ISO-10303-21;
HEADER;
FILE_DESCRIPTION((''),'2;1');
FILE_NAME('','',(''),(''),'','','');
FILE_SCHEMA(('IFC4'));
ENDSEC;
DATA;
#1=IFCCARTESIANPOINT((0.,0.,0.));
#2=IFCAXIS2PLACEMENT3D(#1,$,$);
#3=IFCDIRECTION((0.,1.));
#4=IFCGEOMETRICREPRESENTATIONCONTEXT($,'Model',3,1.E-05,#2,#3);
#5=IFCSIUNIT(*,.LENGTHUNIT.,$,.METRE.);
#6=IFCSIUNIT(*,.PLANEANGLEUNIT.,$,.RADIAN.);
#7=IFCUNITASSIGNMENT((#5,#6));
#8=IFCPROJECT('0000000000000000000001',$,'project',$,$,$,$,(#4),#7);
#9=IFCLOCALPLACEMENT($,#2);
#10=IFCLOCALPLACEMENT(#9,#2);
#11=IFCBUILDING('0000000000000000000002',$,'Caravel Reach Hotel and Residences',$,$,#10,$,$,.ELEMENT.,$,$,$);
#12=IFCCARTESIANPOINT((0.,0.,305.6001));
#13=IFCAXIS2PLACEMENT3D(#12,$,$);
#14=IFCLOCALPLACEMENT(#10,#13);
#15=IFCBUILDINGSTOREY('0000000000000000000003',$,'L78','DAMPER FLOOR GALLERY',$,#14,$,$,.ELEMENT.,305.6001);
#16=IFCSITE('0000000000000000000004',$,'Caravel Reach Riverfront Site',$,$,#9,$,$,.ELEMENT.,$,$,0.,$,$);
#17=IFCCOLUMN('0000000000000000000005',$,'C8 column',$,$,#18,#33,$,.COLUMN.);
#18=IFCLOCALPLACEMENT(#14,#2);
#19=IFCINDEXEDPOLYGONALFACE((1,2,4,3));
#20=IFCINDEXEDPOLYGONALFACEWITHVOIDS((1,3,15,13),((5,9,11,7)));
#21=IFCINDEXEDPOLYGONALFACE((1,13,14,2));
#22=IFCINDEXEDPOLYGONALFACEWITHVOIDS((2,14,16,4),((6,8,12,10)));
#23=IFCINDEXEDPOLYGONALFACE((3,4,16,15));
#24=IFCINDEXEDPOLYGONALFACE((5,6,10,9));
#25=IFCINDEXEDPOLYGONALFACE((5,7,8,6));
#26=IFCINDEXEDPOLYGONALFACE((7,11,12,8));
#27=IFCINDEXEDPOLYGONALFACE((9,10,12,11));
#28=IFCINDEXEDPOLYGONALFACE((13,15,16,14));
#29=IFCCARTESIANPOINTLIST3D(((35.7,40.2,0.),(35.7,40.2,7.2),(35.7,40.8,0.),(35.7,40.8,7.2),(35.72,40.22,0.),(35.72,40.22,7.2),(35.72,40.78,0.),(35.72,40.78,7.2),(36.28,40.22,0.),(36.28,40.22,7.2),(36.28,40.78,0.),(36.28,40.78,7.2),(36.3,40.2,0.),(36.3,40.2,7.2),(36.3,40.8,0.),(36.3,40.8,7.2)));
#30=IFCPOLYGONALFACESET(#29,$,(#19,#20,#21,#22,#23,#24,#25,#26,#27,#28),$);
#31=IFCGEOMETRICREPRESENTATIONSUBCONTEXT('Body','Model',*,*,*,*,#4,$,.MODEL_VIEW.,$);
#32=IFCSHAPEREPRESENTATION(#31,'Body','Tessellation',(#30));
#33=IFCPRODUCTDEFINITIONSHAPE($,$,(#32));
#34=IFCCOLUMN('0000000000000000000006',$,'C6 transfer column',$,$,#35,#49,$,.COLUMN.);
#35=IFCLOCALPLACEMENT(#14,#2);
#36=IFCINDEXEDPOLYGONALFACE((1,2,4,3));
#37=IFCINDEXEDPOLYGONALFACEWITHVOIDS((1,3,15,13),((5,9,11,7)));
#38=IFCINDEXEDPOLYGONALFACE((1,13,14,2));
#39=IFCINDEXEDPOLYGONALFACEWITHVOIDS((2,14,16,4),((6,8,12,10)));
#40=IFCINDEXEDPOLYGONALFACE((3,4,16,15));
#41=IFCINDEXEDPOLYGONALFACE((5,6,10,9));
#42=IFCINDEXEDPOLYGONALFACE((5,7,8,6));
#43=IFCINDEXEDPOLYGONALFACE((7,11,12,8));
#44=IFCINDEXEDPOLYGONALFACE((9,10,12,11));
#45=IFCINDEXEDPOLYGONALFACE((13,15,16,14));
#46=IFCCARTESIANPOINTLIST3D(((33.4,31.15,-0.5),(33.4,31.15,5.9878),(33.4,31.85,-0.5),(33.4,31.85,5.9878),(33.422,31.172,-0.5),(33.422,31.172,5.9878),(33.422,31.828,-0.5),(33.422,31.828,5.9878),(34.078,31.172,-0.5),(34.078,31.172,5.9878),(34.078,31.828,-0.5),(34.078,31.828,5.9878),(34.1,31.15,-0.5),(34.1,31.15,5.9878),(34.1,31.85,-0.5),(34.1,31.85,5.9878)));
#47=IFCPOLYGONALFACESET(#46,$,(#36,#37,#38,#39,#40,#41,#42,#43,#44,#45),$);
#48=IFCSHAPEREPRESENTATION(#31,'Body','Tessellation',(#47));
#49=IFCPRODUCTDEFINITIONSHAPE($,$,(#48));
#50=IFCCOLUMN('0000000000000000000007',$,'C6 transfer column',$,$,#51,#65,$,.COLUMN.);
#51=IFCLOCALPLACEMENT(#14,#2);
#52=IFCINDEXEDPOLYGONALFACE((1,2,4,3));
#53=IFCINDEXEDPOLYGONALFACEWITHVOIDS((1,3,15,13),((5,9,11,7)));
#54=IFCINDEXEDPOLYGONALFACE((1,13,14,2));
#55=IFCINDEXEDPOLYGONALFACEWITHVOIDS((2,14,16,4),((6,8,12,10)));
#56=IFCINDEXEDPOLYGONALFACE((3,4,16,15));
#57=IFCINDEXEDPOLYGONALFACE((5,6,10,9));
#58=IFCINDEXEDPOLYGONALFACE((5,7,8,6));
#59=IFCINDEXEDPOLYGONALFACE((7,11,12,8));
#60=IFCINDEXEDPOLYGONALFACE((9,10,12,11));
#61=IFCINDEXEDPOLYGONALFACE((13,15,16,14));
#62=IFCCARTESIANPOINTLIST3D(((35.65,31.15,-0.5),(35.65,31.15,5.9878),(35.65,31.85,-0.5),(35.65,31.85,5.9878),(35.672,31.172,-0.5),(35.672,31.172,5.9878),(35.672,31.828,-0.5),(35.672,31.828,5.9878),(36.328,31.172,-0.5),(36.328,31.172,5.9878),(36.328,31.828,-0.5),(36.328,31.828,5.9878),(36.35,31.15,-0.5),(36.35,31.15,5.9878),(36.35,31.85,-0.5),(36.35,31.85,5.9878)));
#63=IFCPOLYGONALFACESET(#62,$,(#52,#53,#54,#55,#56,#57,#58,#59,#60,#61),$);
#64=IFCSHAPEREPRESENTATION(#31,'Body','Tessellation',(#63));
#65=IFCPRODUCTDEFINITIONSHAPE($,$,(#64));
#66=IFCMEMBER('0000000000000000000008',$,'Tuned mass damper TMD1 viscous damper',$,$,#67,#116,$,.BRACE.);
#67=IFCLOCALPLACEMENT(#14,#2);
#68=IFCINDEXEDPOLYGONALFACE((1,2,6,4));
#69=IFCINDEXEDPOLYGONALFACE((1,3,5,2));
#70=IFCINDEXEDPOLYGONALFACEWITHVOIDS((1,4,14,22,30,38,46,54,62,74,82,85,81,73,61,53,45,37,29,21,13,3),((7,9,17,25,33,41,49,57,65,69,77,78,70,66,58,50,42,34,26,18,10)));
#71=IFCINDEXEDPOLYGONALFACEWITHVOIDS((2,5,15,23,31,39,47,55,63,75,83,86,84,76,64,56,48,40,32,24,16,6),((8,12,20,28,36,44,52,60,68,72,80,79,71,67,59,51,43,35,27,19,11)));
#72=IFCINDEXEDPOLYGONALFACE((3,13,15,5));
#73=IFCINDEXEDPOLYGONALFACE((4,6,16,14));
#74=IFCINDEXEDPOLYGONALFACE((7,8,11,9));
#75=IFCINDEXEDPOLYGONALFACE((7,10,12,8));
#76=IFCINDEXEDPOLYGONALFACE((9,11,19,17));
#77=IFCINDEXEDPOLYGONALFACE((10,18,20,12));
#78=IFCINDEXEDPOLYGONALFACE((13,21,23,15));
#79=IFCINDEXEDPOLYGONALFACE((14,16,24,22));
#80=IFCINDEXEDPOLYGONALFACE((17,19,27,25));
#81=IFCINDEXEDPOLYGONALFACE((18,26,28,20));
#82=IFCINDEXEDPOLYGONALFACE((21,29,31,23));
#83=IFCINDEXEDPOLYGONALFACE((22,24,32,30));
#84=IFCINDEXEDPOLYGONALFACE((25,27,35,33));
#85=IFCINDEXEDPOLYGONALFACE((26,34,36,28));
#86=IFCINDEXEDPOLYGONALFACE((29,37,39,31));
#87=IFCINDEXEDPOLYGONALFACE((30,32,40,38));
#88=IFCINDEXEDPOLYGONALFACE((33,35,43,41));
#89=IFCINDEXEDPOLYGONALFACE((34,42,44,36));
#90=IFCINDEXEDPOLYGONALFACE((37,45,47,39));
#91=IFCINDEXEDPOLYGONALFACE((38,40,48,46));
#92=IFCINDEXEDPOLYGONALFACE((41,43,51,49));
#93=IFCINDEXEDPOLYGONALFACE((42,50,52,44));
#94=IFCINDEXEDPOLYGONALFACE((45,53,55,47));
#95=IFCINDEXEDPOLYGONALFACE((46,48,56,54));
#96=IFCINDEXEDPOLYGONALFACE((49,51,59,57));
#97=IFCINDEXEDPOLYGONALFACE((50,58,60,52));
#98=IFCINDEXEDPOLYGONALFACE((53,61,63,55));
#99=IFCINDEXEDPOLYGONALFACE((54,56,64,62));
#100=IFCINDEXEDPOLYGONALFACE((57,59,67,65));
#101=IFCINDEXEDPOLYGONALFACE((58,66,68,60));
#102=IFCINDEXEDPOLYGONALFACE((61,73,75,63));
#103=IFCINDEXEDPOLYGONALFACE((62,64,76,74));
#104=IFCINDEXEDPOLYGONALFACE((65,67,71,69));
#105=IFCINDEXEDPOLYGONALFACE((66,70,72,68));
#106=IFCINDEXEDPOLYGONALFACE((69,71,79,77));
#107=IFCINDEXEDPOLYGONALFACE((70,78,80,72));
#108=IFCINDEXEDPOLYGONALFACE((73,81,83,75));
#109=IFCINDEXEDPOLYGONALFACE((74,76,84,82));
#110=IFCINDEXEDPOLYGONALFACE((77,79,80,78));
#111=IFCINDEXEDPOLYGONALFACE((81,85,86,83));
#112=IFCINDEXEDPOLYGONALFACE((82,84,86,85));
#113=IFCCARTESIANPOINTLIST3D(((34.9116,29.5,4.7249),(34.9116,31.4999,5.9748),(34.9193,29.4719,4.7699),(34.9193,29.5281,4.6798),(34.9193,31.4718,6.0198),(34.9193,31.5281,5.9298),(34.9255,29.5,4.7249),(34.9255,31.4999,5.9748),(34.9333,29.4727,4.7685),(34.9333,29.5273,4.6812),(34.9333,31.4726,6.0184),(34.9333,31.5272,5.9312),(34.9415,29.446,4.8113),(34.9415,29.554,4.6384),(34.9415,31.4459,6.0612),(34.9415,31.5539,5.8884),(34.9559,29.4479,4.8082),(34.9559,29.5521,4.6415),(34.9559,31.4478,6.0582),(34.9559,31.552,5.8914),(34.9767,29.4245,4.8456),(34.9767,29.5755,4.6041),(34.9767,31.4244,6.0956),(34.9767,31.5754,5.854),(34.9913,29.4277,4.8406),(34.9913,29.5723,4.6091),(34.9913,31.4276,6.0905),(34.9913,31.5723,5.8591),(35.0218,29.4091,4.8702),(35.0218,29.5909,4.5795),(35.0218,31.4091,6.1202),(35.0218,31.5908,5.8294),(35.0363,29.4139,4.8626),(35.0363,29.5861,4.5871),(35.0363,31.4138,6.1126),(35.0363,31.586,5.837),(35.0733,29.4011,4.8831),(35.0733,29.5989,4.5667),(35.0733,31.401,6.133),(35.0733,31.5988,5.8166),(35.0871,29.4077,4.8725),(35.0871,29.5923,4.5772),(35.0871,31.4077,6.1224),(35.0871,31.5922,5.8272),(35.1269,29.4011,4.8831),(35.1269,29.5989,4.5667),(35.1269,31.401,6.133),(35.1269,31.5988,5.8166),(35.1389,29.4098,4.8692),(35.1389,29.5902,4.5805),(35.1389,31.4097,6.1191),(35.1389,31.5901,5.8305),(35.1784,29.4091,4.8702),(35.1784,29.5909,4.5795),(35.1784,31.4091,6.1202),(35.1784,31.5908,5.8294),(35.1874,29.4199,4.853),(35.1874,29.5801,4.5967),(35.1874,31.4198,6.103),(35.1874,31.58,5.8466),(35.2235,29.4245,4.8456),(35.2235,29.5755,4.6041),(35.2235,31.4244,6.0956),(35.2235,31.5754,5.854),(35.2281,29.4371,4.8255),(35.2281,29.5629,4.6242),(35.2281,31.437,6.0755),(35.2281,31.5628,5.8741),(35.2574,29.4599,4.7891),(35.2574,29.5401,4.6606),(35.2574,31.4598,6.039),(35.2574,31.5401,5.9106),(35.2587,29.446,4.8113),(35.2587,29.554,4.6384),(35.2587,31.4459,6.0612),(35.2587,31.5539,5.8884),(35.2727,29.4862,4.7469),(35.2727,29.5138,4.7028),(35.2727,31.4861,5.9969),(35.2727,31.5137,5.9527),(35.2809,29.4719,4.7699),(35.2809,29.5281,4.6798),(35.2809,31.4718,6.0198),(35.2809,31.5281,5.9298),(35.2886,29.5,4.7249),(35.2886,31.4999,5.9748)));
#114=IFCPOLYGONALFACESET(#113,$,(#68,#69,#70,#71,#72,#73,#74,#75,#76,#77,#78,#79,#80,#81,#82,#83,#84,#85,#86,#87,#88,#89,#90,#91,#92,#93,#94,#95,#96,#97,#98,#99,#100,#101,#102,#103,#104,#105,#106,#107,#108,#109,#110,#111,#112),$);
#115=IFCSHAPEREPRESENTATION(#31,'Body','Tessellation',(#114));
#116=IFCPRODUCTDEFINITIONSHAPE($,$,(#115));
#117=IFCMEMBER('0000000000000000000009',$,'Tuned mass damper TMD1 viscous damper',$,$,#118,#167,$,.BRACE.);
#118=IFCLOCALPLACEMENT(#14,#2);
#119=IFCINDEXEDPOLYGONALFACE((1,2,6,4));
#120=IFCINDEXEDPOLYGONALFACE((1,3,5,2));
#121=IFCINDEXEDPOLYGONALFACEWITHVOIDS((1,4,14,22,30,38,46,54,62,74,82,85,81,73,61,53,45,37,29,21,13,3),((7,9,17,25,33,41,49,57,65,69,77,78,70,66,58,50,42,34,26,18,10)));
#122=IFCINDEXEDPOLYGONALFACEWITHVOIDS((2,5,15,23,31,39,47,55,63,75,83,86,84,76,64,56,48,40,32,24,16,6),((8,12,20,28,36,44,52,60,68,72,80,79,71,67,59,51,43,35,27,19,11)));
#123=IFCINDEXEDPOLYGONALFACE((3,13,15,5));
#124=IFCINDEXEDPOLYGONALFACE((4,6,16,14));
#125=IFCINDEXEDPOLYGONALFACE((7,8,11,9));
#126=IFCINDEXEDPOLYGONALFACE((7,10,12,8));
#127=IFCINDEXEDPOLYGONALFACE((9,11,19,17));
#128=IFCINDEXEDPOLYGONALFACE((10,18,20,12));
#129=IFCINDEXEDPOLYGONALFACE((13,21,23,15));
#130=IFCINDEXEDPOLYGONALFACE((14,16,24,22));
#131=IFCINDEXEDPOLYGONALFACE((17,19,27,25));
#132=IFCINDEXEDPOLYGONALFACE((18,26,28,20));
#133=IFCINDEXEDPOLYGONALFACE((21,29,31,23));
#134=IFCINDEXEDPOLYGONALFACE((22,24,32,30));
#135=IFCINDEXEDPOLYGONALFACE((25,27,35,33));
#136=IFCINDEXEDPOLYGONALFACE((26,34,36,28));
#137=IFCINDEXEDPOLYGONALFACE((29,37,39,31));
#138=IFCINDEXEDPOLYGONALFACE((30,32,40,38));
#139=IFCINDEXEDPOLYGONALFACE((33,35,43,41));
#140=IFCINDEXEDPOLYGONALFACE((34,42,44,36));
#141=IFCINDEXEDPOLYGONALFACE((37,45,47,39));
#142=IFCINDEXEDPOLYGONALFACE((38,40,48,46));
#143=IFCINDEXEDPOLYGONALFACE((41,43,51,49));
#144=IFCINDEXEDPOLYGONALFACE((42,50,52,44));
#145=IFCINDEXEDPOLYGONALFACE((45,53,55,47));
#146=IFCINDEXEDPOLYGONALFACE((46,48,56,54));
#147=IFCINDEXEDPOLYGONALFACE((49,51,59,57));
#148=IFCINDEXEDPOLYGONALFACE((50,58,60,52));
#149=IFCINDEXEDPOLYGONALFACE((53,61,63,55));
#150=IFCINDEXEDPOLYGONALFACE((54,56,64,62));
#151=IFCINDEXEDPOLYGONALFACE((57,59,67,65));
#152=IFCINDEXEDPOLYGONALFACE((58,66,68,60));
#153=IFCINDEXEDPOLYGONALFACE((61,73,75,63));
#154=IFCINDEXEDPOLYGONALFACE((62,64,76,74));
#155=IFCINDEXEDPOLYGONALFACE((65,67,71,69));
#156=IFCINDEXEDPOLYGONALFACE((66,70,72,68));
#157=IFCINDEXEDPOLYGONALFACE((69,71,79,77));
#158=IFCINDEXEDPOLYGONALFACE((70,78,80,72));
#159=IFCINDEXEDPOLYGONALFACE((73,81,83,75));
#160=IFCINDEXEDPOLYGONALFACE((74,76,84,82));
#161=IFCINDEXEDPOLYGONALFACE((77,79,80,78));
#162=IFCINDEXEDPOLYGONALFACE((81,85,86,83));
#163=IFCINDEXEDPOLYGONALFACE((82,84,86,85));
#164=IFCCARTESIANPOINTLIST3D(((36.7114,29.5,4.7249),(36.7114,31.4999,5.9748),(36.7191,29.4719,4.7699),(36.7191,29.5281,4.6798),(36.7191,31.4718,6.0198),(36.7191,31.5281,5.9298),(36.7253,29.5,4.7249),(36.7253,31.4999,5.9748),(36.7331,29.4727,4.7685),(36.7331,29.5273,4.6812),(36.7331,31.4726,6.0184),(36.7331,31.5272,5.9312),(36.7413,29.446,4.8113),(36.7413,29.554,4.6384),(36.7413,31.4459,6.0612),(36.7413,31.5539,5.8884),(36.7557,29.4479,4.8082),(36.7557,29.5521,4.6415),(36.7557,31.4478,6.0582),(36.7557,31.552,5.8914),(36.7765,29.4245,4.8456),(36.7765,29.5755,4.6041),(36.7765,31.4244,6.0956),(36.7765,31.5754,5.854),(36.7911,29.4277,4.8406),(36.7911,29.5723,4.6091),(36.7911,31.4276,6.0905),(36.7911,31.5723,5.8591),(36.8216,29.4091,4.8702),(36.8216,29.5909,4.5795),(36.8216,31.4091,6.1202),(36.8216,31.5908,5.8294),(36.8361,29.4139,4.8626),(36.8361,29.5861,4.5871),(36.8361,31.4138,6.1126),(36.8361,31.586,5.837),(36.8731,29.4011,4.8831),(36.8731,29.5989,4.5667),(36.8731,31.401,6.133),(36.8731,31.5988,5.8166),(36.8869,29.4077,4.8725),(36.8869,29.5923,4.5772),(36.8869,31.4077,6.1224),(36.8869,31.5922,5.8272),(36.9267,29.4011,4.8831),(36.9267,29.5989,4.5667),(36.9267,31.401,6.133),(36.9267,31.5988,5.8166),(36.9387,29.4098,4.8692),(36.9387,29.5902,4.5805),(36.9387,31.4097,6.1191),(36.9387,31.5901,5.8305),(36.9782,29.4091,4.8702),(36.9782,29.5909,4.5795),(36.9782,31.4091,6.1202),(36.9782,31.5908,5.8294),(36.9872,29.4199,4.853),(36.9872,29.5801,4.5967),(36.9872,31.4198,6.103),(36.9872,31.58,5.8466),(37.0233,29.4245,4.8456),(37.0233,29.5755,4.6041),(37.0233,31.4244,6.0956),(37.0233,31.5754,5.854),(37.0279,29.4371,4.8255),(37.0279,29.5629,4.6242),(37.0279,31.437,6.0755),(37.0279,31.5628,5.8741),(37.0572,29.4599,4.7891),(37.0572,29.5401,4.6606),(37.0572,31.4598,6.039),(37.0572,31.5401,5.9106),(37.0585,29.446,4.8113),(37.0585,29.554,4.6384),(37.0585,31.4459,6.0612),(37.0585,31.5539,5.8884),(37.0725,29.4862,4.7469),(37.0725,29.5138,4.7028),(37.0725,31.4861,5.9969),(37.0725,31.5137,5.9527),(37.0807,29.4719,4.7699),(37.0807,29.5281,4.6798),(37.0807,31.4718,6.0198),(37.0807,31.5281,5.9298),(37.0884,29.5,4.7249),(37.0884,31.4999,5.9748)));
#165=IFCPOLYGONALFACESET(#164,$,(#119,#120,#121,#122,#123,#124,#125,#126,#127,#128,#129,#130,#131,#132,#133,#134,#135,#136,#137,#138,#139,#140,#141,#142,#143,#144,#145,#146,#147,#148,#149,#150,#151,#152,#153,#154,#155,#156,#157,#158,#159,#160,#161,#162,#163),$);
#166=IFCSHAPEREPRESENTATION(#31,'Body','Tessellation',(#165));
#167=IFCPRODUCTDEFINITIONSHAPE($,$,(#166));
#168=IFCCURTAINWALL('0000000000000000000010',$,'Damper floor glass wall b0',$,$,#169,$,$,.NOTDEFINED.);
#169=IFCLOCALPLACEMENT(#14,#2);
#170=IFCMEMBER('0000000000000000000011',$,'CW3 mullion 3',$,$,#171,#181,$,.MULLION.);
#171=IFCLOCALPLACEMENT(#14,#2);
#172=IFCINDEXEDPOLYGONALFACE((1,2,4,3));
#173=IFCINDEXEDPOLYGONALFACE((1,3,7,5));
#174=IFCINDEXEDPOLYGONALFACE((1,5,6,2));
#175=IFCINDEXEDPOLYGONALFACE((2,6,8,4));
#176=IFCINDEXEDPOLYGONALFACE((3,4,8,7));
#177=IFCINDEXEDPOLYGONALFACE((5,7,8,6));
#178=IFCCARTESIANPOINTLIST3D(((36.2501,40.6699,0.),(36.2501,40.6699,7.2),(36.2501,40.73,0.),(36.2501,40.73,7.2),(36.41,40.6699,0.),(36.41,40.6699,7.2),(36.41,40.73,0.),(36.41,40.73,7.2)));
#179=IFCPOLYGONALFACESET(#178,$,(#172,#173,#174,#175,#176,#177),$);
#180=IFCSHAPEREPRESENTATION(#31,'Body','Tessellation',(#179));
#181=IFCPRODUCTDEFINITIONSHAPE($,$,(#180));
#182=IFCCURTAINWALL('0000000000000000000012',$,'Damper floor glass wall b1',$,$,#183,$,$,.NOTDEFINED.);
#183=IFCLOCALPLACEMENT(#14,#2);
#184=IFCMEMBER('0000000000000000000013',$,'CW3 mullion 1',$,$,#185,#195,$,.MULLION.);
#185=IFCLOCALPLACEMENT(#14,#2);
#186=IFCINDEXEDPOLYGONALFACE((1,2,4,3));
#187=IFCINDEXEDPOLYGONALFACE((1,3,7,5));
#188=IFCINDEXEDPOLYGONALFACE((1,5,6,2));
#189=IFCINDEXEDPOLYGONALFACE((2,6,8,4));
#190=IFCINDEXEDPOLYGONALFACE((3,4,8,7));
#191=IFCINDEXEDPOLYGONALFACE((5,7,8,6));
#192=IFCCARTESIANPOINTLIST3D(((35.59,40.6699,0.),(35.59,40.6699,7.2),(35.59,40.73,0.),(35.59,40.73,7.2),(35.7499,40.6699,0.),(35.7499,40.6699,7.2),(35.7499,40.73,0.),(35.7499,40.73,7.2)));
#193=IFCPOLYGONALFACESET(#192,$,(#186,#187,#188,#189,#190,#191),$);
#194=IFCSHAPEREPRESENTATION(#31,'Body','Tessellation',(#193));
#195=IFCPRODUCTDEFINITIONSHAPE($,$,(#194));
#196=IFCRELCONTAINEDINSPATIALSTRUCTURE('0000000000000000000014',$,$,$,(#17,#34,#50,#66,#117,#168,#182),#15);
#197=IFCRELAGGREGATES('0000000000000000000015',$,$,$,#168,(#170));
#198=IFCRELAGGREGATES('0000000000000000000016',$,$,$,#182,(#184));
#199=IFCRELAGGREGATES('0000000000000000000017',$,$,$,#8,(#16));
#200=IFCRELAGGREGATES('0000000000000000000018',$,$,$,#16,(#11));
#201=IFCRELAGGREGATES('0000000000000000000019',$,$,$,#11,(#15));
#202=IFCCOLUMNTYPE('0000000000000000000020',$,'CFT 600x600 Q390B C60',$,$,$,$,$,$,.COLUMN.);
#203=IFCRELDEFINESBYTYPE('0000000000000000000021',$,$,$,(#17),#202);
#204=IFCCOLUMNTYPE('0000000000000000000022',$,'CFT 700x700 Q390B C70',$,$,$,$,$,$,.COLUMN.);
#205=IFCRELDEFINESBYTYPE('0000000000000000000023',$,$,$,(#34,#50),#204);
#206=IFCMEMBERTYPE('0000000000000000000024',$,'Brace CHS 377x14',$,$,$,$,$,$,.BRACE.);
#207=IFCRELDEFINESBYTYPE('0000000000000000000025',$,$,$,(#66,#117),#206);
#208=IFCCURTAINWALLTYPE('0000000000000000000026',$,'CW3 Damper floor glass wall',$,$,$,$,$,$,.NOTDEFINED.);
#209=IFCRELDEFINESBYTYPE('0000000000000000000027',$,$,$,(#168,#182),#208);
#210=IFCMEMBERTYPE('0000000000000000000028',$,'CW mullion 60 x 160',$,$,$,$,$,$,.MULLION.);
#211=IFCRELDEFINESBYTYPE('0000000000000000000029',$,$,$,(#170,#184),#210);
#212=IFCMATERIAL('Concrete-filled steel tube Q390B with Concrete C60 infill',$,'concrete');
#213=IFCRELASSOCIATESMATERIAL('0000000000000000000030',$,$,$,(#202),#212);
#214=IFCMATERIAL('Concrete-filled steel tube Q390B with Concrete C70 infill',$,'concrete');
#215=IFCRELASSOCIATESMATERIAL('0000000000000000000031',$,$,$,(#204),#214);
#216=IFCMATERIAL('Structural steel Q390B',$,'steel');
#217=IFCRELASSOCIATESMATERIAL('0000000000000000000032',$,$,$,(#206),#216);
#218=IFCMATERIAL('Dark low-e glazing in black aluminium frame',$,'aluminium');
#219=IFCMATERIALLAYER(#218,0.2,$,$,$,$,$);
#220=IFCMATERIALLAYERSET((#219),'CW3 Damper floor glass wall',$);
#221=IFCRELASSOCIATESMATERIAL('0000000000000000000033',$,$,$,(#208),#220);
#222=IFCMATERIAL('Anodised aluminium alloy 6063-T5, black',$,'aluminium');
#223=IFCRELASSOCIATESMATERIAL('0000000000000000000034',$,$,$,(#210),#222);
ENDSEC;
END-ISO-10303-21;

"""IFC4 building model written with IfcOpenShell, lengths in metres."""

from ifc_helpers import new_model, si_unit, direction, frame, origin, origin_2d, place, context, subcontext, project, spatial, rectangle, hollow_rectangle, hollow_circle, extrude, material, layer, layer_set, material_profile, profile_set, type_object, element, aggregate, save


model = new_model("IFC4")

# Units and contexts
model_context = context("Model", 3, precision=1e-05, world=origin(), true_north=direction((0.0, 1.0)))
body_context = subcontext(model_context, "Body", "Model", "MODEL_VIEW")
ifc_project = project(units=[si_unit("LENGTHUNIT", "METRE"), si_unit("PLANEANGLEUNIT", "RADIAN")], contexts=[model_context])

# Site, building, storey
site_placement = place(None, origin())
site = spatial("IfcSite", under=ifc_project, at=site_placement, Name="Caravel Reach Riverfront Site", CompositionType="ELEMENT", RefElevation=0.0)
building_placement = place(site_placement, origin())
building = spatial("IfcBuilding", under=site, at=building_placement, Name="Caravel Reach Hotel and Residences", CompositionType="ELEMENT")
storey_placement = place(building_placement, frame((0.0, 0.0, 305.6001)))
storey = spatial("IfcBuildingStorey", under=building, at=storey_placement, Name="L78", Description="DAMPER FLOOR GALLERY", CompositionType="ELEMENT", Elevation=305.6001)

# Columns
ifc_material_1 = material(Name="Concrete-filled steel tube Q390B with Concrete C60 infill", Category="concrete")
ifc_material_profile_1 = material_profile(ifc_material_1, hollow_rectangle(XDim=0.6001, YDim=0.6001, WallThickness=0.02, at=origin_2d()), Name="RHS 600x600x20")
ifc_profile_set_1 = profile_set([ifc_material_profile_1], Name="Concrete-filled steel tube Q390B with Concrete C60 infill")
column_type_1 = type_object("IfcColumnType", Name="CFT 600x600 Q390B C60", PredefinedType="COLUMN", material=ifc_profile_set_1)
column_placement = place(storey_placement, frame((36.0, 40.5, 0.0), z_axis=(0.0, 0.0, 1.0), x_axis=(1.0, 0.0, 0.0)))
element("IfcColumn", 1, at=column_placement, inside=storey, type_object=column_type_1, Name="C8 column", PredefinedType="COLUMN", context=body_context, shape_type="SweptSolid", body=[
    extrude(hollow_rectangle(XDim=0.6001, YDim=0.6001, WallThickness=0.02, at=origin_2d()), origin(), (0.0, 0.0, 1.0), 7.2),
])
ifc_material_2 = material(Name="Concrete-filled steel tube Q390B with Concrete C70 infill", Category="concrete")
ifc_material_profile_2 = material_profile(ifc_material_2, hollow_rectangle(XDim=0.7, YDim=0.7, WallThickness=0.022, at=origin_2d()), Name="RHS 700x700x22")
ifc_profile_set_2 = profile_set([ifc_material_profile_2], Name="Concrete-filled steel tube Q390B with Concrete C70 infill")
column_type_2 = type_object("IfcColumnType", Name="CFT 700x700 Q390B C70", PredefinedType="COLUMN", material=ifc_profile_set_2)
for number, where, z_axis, x_axis, name in (
    (2, (33.75, 31.5, -0.5), (0.0, 0.0, 1.0), (1.0, 0.0, 0.0), "C6 transfer column"),
    (3, (36.0, 31.5, -0.5), (0.0, 0.0, 1.0), (1.0, 0.0, 0.0), "C6 transfer column"),
):
    element("IfcColumn", number, at=place(storey_placement, frame(where, z_axis=z_axis, x_axis=x_axis)), inside=storey, type_object=column_type_2, Name=name, PredefinedType="COLUMN", context=body_context, shape_type="SweptSolid", body=[
        extrude(hollow_rectangle(XDim=0.7, YDim=0.7, WallThickness=0.022, at=origin_2d()), origin(), (0.0, 0.0, 1.0), 6.4878),
    ])

# Members
ifc_material_3 = material(Name="Structural steel Q390B", Category="steel")
ifc_material_profile_3 = material_profile(ifc_material_3, hollow_circle(Radius=0.1885, WallThickness=0.0139, at=origin_2d()), Name="CHS 377x14")
ifc_profile_set_3 = profile_set([ifc_material_profile_3], Name="Structural steel Q390B")
member_type_1 = type_object("IfcMemberType", Name="Brace CHS 377x14", PredefinedType="BRACE", material=ifc_profile_set_3)
for number, where, z_axis, x_axis, name in (
    (4, (35.1001, 29.5, 4.7249), (0.0, 0.847998, 0.529999), (-1.0, 0.0, 0.0), "Tuned mass damper TMD1 viscous damper"),
    (5, (36.8999, 29.5, 4.7249), (0.0, 0.847998, 0.529999), (-1.0, 0.0, 0.0), "Tuned mass damper TMD1 viscous damper"),
):
    element("IfcMember", number, at=place(storey_placement, frame(where, z_axis=z_axis, x_axis=x_axis)), inside=storey, type_object=member_type_1, Name=name, PredefinedType="BRACE", context=body_context, shape_type="SweptSolid", body=[
        extrude(hollow_circle(Radius=0.1885, WallThickness=0.0139, at=origin_2d()), origin(), (0.0, 0.0, 1.0), 2.3584),
    ])

# Curtain wall, member
ifc_material_4 = material(Name="Dark low-e glazing in black aluminium frame", Category="aluminium")
ifc_layer_1 = layer(ifc_material_4, 0.2)
ifc_layer_set_1 = layer_set([ifc_layer_1], Name="CW3 Damper floor glass wall")
curtain_wall_type = type_object("IfcCurtainWallType", Name="CW3 Damper floor glass wall", PredefinedType="NOTDEFINED", material=ifc_layer_set_1)
curtain_wall_1_placement = place(storey_placement, origin())
curtain_wall_1 = element("IfcCurtainWall", 6, at=curtain_wall_1_placement, inside=storey, type_object=curtain_wall_type, Name="Damper floor glass wall b0", PredefinedType="NOTDEFINED")
ifc_material_5 = material(Name="Anodised aluminium alloy 6063-T5, black", Category="aluminium")
ifc_material_profile_4 = material_profile(ifc_material_5, rectangle(XDim=0.0601, YDim=0.1599, at=origin_2d()), Name="CW mullion 60 x 160")
ifc_profile_set_4 = profile_set([ifc_material_profile_4], Name="Anodised aluminium alloy 6063-T5, black")
member_type_2 = type_object("IfcMemberType", Name="CW mullion 60 x 160", PredefinedType="MULLION", material=ifc_profile_set_4)
member_1_placement = place(storey_placement, frame((36.3301, 40.7, 0.0), z_axis=(0.0, 0.0, 1.0), x_axis=(0.0, -1.0, 0.0)))
member_1 = element("IfcMember", 7, at=member_1_placement, type_object=member_type_2, Name="CW3 mullion 3", PredefinedType="MULLION", context=body_context, shape_type="SweptSolid", body=[
    extrude(rectangle(XDim=0.0601, YDim=0.1599, at=origin_2d()), origin(), (0.0, 0.0, 1.0), 7.2),
])
aggregate(curtain_wall_1, [member_1])

# Curtain wall, member
curtain_wall_2_placement = place(storey_placement, origin())
curtain_wall_2 = element("IfcCurtainWall", 8, at=curtain_wall_2_placement, inside=storey, type_object=curtain_wall_type, Name="Damper floor glass wall b1", PredefinedType="NOTDEFINED")
member_2_placement = place(storey_placement, frame((35.6699, 40.7, 0.0), z_axis=(0.0, 0.0, 1.0), x_axis=(0.0, -1.0, 0.0)))
member_2 = element("IfcMember", 9, at=member_2_placement, type_object=member_type_2, Name="CW3 mullion 1", PredefinedType="MULLION", context=body_context, shape_type="SweptSolid", body=[
    extrude(rectangle(XDim=0.0601, YDim=0.1599, at=origin_2d()), origin(), (0.0, 0.0, 1.0), 7.2),
])

aggregate(curtain_wall_2, [member_2])

save(model, "model.ifc")
